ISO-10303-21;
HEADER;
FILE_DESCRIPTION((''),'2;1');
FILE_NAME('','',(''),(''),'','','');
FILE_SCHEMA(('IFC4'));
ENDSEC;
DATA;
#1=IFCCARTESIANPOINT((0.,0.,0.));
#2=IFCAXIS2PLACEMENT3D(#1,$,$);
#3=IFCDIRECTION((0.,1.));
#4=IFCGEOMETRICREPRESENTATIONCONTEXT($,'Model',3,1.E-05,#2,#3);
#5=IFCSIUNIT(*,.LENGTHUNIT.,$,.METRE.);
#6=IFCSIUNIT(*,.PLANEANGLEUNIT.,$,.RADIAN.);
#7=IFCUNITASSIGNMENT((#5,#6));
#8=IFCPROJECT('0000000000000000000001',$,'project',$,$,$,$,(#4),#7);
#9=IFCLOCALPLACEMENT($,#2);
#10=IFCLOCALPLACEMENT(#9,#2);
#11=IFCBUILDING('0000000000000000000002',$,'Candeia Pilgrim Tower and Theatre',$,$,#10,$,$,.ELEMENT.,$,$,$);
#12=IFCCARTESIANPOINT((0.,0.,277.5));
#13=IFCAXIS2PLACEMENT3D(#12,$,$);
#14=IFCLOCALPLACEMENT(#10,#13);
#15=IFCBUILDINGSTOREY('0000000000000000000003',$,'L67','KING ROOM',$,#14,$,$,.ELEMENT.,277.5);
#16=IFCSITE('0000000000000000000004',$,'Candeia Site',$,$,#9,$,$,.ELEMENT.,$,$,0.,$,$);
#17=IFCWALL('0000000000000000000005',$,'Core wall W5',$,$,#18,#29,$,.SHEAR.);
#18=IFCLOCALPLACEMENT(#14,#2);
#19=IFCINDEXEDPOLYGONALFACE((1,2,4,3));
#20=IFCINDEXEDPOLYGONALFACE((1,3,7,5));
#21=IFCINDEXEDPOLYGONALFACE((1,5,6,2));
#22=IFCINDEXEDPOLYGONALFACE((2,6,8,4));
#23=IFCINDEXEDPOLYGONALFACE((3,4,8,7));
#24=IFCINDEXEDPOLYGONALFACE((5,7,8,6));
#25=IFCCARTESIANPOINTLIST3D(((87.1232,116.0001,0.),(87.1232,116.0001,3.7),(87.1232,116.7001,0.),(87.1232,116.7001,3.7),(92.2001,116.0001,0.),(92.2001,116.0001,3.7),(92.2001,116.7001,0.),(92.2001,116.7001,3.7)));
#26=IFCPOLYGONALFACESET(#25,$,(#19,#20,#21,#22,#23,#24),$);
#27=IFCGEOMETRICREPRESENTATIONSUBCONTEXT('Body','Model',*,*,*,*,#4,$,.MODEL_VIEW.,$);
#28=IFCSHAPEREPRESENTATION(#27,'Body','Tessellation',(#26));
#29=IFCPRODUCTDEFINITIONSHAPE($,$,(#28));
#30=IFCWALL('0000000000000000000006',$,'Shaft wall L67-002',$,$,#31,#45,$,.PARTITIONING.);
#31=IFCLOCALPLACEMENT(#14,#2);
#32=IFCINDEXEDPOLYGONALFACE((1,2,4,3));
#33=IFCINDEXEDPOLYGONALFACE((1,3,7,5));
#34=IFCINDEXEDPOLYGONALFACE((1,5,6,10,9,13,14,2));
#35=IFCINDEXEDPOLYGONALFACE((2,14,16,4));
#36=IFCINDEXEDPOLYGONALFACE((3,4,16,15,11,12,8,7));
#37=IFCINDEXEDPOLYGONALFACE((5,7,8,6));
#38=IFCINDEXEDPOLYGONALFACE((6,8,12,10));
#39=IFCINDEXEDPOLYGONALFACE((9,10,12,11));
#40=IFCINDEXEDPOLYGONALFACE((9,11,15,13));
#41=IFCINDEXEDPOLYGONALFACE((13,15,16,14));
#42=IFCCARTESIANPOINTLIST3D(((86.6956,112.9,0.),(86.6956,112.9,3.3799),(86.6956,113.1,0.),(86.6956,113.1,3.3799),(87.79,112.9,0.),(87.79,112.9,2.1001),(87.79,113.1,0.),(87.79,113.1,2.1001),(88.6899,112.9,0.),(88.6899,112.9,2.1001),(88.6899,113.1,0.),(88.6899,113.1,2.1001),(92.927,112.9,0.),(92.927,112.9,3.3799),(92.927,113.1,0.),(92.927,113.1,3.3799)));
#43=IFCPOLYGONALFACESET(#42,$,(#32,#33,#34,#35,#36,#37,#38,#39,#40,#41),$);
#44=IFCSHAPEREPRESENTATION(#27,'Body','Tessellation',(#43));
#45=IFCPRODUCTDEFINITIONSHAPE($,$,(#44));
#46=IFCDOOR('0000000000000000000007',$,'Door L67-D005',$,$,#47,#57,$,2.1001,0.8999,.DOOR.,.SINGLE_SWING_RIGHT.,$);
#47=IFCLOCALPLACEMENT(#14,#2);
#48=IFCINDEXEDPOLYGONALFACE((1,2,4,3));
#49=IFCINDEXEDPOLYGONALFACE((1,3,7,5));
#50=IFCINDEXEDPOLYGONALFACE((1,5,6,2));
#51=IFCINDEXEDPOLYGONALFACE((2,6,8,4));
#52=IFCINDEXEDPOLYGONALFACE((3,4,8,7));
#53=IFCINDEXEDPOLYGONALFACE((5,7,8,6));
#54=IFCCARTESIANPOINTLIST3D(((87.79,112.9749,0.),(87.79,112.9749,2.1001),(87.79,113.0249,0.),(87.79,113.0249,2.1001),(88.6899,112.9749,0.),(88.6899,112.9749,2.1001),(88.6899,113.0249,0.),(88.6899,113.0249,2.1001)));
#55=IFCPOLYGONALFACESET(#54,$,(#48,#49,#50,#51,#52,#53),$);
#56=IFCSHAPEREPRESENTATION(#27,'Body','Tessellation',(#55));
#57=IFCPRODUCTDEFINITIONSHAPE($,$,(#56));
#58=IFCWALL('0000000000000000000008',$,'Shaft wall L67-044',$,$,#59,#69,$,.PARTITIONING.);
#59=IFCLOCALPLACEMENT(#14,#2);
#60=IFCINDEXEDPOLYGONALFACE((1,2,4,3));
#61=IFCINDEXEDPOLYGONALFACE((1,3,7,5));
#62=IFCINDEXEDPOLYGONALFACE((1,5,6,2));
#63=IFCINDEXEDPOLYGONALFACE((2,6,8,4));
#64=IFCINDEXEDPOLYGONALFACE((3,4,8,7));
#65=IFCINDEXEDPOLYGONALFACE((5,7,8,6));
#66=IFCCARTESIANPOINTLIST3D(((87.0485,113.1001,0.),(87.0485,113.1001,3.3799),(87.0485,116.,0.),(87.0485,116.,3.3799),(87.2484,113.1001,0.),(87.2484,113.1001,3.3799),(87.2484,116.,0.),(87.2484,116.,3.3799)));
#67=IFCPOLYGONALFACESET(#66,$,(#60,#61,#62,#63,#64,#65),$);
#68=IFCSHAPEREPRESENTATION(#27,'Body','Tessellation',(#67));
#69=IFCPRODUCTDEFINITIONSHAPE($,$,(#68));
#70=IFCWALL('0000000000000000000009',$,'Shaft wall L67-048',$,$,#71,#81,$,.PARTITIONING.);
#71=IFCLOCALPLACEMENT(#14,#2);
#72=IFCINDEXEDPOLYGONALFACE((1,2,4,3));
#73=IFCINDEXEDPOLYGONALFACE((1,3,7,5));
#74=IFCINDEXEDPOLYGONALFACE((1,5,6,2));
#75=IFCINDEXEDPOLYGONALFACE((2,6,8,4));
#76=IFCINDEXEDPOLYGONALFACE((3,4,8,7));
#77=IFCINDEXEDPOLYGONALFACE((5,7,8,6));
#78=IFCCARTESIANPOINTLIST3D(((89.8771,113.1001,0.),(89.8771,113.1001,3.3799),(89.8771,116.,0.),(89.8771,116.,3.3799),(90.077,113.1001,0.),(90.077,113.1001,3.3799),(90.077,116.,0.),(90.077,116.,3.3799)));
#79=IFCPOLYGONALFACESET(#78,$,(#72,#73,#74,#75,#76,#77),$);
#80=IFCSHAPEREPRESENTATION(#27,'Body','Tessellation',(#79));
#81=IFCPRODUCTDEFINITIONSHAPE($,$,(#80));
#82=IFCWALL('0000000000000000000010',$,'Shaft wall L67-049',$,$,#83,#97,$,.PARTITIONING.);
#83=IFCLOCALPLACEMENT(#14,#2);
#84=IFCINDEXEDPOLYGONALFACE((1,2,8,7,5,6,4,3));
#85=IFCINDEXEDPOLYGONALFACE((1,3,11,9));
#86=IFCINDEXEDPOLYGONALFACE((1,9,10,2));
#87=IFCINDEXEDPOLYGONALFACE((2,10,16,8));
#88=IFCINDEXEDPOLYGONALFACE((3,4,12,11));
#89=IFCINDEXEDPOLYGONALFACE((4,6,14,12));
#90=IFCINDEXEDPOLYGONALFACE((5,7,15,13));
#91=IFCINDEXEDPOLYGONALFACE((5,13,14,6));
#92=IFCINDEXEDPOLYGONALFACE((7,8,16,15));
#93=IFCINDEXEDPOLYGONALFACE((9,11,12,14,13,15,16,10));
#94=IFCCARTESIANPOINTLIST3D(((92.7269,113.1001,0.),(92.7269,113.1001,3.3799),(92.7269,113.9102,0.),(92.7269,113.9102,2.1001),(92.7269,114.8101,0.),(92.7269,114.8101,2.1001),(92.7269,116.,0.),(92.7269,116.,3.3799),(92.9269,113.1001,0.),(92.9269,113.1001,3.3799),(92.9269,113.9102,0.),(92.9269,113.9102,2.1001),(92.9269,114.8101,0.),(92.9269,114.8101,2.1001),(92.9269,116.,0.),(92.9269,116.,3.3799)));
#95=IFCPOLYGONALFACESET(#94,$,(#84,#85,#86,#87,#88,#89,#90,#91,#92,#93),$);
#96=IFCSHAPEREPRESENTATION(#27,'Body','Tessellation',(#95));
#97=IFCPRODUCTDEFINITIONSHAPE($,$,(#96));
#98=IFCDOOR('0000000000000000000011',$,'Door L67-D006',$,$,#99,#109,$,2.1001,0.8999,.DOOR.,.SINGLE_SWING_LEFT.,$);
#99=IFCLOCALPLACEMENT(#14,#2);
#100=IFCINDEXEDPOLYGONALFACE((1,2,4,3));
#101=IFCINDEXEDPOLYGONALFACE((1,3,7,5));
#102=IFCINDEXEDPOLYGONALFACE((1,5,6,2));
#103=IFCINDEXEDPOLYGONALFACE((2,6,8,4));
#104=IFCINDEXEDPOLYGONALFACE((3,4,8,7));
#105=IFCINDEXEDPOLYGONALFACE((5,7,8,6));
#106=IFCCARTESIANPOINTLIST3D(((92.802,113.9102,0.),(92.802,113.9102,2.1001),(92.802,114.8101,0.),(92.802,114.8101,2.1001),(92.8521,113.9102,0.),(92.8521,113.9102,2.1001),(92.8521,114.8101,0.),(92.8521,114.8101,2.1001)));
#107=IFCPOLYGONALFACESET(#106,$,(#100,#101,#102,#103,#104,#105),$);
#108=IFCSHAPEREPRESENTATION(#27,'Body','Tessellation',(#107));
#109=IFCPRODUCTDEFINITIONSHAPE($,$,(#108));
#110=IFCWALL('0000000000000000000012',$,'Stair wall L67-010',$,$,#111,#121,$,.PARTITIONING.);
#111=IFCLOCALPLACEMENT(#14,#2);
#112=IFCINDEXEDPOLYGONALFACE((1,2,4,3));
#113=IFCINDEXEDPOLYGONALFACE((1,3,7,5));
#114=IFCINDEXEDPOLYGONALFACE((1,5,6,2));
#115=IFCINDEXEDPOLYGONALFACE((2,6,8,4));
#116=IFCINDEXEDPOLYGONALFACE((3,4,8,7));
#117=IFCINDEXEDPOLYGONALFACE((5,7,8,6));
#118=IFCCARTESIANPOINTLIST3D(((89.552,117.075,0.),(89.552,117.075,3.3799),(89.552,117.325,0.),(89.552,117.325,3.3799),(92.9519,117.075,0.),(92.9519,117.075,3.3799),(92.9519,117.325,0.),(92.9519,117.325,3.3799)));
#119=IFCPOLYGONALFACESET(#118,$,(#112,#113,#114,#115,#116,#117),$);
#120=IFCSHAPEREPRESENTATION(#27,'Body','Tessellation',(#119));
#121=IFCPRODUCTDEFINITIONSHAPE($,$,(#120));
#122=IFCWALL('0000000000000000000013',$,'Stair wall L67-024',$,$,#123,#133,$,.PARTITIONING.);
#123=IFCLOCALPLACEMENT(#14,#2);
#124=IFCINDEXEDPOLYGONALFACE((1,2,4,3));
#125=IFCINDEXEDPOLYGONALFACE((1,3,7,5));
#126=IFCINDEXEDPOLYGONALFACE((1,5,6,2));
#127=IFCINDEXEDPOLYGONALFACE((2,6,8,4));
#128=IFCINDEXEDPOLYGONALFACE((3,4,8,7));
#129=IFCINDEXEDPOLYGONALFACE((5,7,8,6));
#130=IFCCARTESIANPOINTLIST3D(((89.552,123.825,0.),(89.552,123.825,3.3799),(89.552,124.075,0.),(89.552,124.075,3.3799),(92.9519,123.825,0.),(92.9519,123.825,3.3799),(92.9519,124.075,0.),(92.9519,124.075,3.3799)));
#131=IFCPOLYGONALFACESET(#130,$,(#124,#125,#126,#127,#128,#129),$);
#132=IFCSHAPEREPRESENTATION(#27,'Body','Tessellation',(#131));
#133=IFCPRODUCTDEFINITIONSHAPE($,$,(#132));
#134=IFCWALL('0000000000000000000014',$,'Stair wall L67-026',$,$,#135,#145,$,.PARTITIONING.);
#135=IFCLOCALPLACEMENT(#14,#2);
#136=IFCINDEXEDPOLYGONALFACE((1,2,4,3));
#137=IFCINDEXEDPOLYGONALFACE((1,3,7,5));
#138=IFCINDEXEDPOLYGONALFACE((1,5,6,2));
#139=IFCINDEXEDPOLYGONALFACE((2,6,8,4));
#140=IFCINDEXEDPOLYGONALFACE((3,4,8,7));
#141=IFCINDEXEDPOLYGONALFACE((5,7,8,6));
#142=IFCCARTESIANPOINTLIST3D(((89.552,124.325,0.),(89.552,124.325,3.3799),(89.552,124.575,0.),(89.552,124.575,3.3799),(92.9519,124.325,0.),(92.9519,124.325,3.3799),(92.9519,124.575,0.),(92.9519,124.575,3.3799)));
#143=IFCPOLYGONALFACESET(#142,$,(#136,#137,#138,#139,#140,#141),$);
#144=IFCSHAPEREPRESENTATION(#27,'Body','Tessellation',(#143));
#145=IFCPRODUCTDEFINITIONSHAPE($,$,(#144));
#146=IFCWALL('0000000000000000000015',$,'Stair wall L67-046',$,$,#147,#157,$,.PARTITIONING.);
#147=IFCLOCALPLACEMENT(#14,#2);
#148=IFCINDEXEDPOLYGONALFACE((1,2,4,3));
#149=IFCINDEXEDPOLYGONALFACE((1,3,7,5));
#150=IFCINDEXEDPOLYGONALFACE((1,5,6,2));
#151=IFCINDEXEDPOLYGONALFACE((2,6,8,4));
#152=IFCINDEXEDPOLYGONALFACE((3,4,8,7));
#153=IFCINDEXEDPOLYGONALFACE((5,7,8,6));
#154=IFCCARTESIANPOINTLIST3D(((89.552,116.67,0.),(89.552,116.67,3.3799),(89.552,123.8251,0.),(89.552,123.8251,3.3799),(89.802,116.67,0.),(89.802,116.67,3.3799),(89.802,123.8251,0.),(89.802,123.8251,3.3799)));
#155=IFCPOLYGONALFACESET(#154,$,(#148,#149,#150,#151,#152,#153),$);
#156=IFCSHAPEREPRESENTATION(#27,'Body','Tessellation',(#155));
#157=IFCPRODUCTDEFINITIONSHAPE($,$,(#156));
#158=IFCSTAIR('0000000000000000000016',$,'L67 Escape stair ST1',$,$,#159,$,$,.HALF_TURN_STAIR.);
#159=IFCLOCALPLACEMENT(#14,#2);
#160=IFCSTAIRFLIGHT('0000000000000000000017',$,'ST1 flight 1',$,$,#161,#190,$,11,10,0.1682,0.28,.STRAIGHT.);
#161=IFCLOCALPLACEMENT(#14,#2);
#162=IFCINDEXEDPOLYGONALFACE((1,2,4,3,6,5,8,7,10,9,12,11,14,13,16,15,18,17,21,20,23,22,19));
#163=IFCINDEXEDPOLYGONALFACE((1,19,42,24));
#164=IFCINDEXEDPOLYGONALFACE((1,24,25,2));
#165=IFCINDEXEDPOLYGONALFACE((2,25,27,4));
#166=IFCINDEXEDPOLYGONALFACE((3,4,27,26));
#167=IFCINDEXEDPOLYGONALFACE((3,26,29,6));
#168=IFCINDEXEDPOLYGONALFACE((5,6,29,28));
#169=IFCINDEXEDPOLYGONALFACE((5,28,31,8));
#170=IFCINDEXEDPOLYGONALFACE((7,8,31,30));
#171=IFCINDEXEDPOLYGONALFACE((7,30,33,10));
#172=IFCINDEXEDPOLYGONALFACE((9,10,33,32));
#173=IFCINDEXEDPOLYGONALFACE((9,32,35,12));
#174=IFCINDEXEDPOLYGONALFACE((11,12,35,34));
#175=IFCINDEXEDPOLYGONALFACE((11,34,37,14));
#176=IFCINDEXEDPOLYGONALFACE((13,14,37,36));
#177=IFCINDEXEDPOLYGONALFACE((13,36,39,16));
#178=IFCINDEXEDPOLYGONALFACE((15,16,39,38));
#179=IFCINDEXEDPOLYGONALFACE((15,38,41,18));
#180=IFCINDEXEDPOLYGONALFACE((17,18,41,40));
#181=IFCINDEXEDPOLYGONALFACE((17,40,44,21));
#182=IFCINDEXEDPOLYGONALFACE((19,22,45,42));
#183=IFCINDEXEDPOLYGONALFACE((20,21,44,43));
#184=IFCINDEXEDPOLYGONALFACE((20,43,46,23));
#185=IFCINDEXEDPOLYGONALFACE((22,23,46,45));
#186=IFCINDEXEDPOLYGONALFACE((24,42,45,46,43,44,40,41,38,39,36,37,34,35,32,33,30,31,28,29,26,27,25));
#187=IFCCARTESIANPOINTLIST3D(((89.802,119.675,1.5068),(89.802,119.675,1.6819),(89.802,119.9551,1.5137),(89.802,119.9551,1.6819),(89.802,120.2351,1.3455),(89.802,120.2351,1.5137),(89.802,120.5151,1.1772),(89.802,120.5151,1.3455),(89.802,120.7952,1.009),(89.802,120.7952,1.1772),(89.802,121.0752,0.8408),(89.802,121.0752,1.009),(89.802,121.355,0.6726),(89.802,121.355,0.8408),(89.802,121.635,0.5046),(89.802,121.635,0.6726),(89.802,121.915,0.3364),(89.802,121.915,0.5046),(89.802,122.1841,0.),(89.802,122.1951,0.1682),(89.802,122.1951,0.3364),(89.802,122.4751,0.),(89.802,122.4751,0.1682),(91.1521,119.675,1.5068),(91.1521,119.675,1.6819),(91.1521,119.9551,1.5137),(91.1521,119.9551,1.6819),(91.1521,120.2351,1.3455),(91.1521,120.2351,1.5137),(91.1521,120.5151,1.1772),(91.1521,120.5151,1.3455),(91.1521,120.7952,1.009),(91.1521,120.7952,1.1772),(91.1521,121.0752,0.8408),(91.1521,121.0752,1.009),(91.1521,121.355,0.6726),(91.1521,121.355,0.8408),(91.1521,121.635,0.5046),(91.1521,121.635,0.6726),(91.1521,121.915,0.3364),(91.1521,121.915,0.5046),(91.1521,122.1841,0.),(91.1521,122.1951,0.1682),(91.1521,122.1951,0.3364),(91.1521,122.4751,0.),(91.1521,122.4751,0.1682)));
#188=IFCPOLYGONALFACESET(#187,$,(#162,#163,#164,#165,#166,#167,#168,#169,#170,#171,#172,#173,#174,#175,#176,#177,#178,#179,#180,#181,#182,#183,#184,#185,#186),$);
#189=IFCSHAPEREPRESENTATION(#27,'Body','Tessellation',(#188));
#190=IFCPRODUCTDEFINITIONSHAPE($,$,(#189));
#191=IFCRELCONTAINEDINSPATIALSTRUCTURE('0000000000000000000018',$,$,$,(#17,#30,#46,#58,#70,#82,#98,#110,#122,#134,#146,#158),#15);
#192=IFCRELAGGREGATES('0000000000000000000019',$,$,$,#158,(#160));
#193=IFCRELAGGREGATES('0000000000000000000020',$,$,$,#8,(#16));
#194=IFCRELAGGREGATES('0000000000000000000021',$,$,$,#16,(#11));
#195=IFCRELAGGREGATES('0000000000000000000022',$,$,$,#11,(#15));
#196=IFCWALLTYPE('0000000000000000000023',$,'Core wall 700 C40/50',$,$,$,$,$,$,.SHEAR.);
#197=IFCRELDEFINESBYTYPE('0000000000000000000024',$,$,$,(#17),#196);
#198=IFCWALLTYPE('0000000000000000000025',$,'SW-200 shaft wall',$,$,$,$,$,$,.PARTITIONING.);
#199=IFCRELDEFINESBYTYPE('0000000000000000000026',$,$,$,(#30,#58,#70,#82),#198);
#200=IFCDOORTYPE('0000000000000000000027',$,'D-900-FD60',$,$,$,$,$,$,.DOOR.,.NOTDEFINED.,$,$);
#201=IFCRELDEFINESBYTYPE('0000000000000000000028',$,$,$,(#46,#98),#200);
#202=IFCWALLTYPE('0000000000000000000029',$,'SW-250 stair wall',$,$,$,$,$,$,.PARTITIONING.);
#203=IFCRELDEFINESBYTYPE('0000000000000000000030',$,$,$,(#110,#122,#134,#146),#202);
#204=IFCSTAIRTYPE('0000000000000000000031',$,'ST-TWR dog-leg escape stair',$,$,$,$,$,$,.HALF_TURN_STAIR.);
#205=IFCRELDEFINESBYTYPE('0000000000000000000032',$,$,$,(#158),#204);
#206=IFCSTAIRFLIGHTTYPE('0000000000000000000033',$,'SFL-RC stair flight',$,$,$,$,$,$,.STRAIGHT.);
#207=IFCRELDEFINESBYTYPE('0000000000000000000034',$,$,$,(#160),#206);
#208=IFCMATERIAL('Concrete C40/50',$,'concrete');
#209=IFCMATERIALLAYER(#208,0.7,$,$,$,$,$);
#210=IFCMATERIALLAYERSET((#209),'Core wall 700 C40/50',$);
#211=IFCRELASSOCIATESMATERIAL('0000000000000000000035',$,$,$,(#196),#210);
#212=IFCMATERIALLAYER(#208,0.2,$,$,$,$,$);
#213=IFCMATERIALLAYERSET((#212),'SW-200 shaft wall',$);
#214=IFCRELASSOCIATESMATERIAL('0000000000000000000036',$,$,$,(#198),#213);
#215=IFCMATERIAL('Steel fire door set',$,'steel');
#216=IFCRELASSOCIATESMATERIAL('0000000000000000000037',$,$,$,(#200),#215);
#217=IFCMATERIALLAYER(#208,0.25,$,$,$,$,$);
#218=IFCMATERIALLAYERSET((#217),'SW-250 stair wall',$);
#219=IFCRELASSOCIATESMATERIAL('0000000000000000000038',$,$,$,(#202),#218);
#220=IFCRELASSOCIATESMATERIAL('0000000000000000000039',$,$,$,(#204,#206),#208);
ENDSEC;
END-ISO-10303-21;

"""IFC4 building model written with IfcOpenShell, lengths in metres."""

from ifc_helpers import new_model, si_unit, direction, frame, frame_2d, origin, place, context, subcontext, project, spatial, polyline, rectangle, outline, extrude, material, layer, layer_set, type_object, element, fill, aggregate, save


model = new_model("IFC4")

# Units and contexts
model_context = context("Model", 3, precision=1e-05, world=origin(), true_north=direction((0.0, 1.0)))
body_context = subcontext(model_context, "Body", "Model", "MODEL_VIEW")
ifc_project = project(units=[si_unit("LENGTHUNIT", "METRE"), si_unit("PLANEANGLEUNIT", "RADIAN")], contexts=[model_context])

# Site, building, storey
site_placement = place(None, origin())
site = spatial("IfcSite", under=ifc_project, at=site_placement, Name="Candeia Site", CompositionType="ELEMENT", RefElevation=0.0)
building_placement = place(site_placement, origin())
building = spatial("IfcBuilding", under=site, at=building_placement, Name="Candeia Pilgrim Tower and Theatre", CompositionType="ELEMENT")
storey_placement = place(building_placement, frame((0.0, 0.0, 277.5)))
storey = spatial("IfcBuildingStorey", under=building, at=storey_placement, Name="L67", Description="KING ROOM", CompositionType="ELEMENT", Elevation=277.5)

# Wall
ifc_material_1 = material(Name="Concrete C40/50", Category="concrete")
ifc_layer_1 = layer(ifc_material_1, 0.7)
ifc_layer_set_1 = layer_set([ifc_layer_1], Name="Core wall 700 C40/50")
wall_type_1 = type_object("IfcWallType", Name="Core wall 700 C40/50", PredefinedType="SHEAR", material=ifc_layer_set_1)
wall_1_placement = place(storey_placement, frame((87.123, 116.3501, 0.0), z_axis=(0.0, 0.0, 1.0), x_axis=(1.0, 0.0, 0.0)))
element("IfcWall", 1, at=wall_1_placement, inside=storey, type_object=wall_type_1, Name="Core wall W5", PredefinedType="SHEAR", context=body_context, shape_type="SweptSolid", body=[
    extrude(rectangle(XDim=5.0769, YDim=0.7, at=frame_2d((2.5386, 0.0))), origin(), (0.0, 0.0, 1.0), 3.7),
])

# Wall, opening, door
ifc_layer_2 = layer(ifc_material_1, 0.2)
ifc_layer_set_2 = layer_set([ifc_layer_2], Name="SW-200 shaft wall")
wall_type_2 = type_object("IfcWallType", Name="SW-200 shaft wall", PredefinedType="PARTITIONING", material=ifc_layer_set_2)
wall_2_placement = place(storey_placement, frame((86.6956, 113.0, 0.0), z_axis=(0.0, 0.0, 1.0), x_axis=(1.0, 0.0, 0.0)))
wall_2 = element("IfcWall", 2, at=wall_2_placement, inside=storey, type_object=wall_type_2, Name="Shaft wall L67-002", PredefinedType="PARTITIONING", context=body_context, shape_type="SweptSolid", body=[
    extrude(rectangle(XDim=6.2314, YDim=0.2, at=frame_2d((3.1157, 0.0))), origin(), (0.0, 0.0, 1.0), 3.3799),
])
opening_1_placement = place(wall_2_placement, frame((1.0945, 0.0, 0.0)))
opening_1 = element("IfcOpeningElement", 3, at=opening_1_placement, cuts=wall_2, PredefinedType="OPENING", context=body_context, shape_type="SweptSolid", body=[
    extrude(rectangle(XDim=0.8999, YDim=2.1001, at=frame_2d((0.45, 1.05))), frame((0.0, 0.1099, 0.0), z_axis=(0.0, -1.0, 0.0), x_axis=(1.0, 0.0, 0.0)), (0.0, 0.0, 1.0), 0.22),
])
ifc_material_2 = material(Name="Steel fire door set", Category="steel")
door_type = type_object("IfcDoorType", Name="D-900-FD60", OperationType="NOTDEFINED", PredefinedType="DOOR", material=ifc_material_2)
door_1_placement = place(opening_1_placement, origin())
door_1 = element("IfcDoor", 4, at=door_1_placement, inside=storey, type_object=door_type, Name="Door L67-D005", OperationType="SINGLE_SWING_RIGHT", OverallHeight=2.1001, OverallWidth=0.8999, PredefinedType="DOOR", context=body_context, shape_type="SweptSolid", body=[
    extrude(rectangle(XDim=0.8999, YDim=2.1001, at=frame_2d((0.45, 1.05))), frame((0.0, 0.0249, 0.0), z_axis=(0.0, -1.0, 0.0), x_axis=(1.0, 0.0, 0.0)), (0.0, 0.0, 1.0), 0.05),
])
fill(opening_1, door_1)

# Walls
for number, where, z_axis, x_axis, name in (
    (5, (87.1484, 113.1001, 0.0), (0.0, 0.0, 1.0), (0.0, 1.0, 0.0), "Shaft wall L67-044"),
    (6, (89.9771, 113.1001, 0.0), (0.0, 0.0, 1.0), (0.0, 1.0, 0.0), "Shaft wall L67-048"),
):
    element("IfcWall", number, at=place(storey_placement, frame(where, z_axis=z_axis, x_axis=x_axis)), inside=storey, type_object=wall_type_2, Name=name, PredefinedType="PARTITIONING", context=body_context, shape_type="SweptSolid", body=[
        extrude(rectangle(XDim=2.8999, YDim=0.2, at=frame_2d((1.45, 0.0))), origin(), (0.0, 0.0, 1.0), 3.3799),
    ])

# Wall, opening, door
wall_3_placement = place(storey_placement, frame((92.8269, 113.1001, 0.0), z_axis=(0.0, 0.0, 1.0), x_axis=(0.0, 1.0, 0.0)))
wall_3 = element("IfcWall", 7, at=wall_3_placement, inside=storey, type_object=wall_type_2, Name="Shaft wall L67-049", PredefinedType="PARTITIONING", context=body_context, shape_type="SweptSolid", body=[
    extrude(rectangle(XDim=2.8999, YDim=0.2, at=frame_2d((1.45, 0.0))), origin(), (0.0, 0.0, 1.0), 3.3799),
])
opening_2_placement = place(wall_3_placement, frame((0.8101, 0.0, 0.0)))
opening_2 = element("IfcOpeningElement", 8, at=opening_2_placement, cuts=wall_3, PredefinedType="OPENING", context=body_context, shape_type="SweptSolid", body=[
    extrude(rectangle(XDim=0.8999, YDim=2.1001, at=frame_2d((0.45, 1.05))), frame((0.0, 0.1099, 0.0), z_axis=(0.0, -1.0, 0.0), x_axis=(1.0, 0.0, 0.0)), (0.0, 0.0, 1.0), 0.22),
])
door_2_placement = place(opening_2_placement, origin())
door_2 = element("IfcDoor", 9, at=door_2_placement, inside=storey, type_object=door_type, Name="Door L67-D006", OperationType="SINGLE_SWING_LEFT", OverallHeight=2.1001, OverallWidth=0.8999, PredefinedType="DOOR", context=body_context, shape_type="SweptSolid", body=[
    extrude(rectangle(XDim=0.8999, YDim=2.1001, at=frame_2d((0.45, 1.05))), frame((0.0, 0.0249, 0.0), z_axis=(0.0, -1.0, 0.0), x_axis=(1.0, 0.0, 0.0)), (0.0, 0.0, 1.0), 0.05),
])
fill(opening_2, door_2)

# Walls
ifc_layer_3 = layer(ifc_material_1, 0.25)
ifc_layer_set_3 = layer_set([ifc_layer_3], Name="SW-250 stair wall")
wall_type_3 = type_object("IfcWallType", Name="SW-250 stair wall", PredefinedType="PARTITIONING", material=ifc_layer_set_3)
for number, where, z_axis, x_axis, name in (
    (10, (89.552, 117.2, 0.0), (0.0, 0.0, 1.0), (1.0, 0.0, 0.0), "Stair wall L67-010"),
    (11, (89.552, 123.95, 0.0), (0.0, 0.0, 1.0), (1.0, 0.0, 0.0), "Stair wall L67-024"),
    (12, (89.552, 124.45, 0.0), (0.0, 0.0, 1.0), (1.0, 0.0, 0.0), "Stair wall L67-026"),
):
    element("IfcWall", number, at=place(storey_placement, frame(where, z_axis=z_axis, x_axis=x_axis)), inside=storey, type_object=wall_type_3, Name=name, PredefinedType="PARTITIONING", context=body_context, shape_type="SweptSolid", body=[
        extrude(rectangle(XDim=3.3999, YDim=0.25, at=frame_2d((1.7, 0.0))), origin(), (0.0, 0.0, 1.0), 3.3799),
    ])
wall_4_placement = place(storey_placement, frame((89.677, 116.6699, 0.0), z_axis=(0.0, 0.0, 1.0), x_axis=(0.0, 1.0, 0.0)))
element("IfcWall", 13, at=wall_4_placement, inside=storey, type_object=wall_type_3, Name="Stair wall L67-046", PredefinedType="PARTITIONING", context=body_context, shape_type="SweptSolid", body=[
    extrude(rectangle(XDim=7.155, YDim=0.25, at=frame_2d((3.5776, 0.0))), origin(), (0.0, 0.0, 1.0), 3.3799),
])

# Stair, stair flight
stair_type = type_object("IfcStairType", Name="ST-TWR dog-leg escape stair", PredefinedType="HALF_TURN_STAIR", material=ifc_material_1)
stair_placement = place(storey_placement, origin())
stair = element("IfcStair", 14, at=stair_placement, inside=storey, type_object=stair_type, Name="L67 Escape stair ST1", PredefinedType="HALF_TURN_STAIR")
stair_flight_type = type_object("IfcStairFlightType", Name="SFL-RC stair flight", PredefinedType="STRAIGHT", material=ifc_material_1)
stair_flight_1_placement = place(storey_placement, frame((90.4771, 122.4751, 0.0), z_axis=(0.0, 0.0, 1.0), x_axis=(0.0, -1.0, 0.0)))
stair_flight_1 = element("IfcStairFlight", 15, at=stair_flight_1_placement, type_object=stair_flight_type, Name="ST1 flight 1", NumberOfRisers=11, NumberOfTreads=10, PredefinedType="STRAIGHT", RiserHeight=0.1682, TreadLength=0.28, context=body_context, shape_type="SweptSolid", body=[
    extrude(outline(polyline([(0.0, 0.0), (0.0, 0.1682), (0.28, 0.1682), (0.28, 0.3364), (0.5601, 0.3364), (0.5601, 0.5046), (0.8401, 0.5046), (0.8401, 0.6726), (1.1201, 0.6726), (1.1201, 0.8408), (1.3999, 0.8408), (1.3999, 1.009), (1.6799, 1.009), (1.6799, 1.1772), (1.96, 1.1772), (1.96, 1.3455), (2.24, 1.3455), (2.24, 1.5137), (2.52, 1.5137), (2.52, 1.6819), (2.8, 1.6819), (2.8, 1.8501), (2.8, 1.5068), (0.291, 0.0), (0.0, 0.0)])), frame((0.0, 0.675, 0.0), z_axis=(0.0, -1.0, 0.0), x_axis=(1.0, 0.0, 0.0)), (0.0, 0.0, 1.0), 1.3501),
])
aggregate(stair, [stair_flight_1])

save(model, "model.ifc")
